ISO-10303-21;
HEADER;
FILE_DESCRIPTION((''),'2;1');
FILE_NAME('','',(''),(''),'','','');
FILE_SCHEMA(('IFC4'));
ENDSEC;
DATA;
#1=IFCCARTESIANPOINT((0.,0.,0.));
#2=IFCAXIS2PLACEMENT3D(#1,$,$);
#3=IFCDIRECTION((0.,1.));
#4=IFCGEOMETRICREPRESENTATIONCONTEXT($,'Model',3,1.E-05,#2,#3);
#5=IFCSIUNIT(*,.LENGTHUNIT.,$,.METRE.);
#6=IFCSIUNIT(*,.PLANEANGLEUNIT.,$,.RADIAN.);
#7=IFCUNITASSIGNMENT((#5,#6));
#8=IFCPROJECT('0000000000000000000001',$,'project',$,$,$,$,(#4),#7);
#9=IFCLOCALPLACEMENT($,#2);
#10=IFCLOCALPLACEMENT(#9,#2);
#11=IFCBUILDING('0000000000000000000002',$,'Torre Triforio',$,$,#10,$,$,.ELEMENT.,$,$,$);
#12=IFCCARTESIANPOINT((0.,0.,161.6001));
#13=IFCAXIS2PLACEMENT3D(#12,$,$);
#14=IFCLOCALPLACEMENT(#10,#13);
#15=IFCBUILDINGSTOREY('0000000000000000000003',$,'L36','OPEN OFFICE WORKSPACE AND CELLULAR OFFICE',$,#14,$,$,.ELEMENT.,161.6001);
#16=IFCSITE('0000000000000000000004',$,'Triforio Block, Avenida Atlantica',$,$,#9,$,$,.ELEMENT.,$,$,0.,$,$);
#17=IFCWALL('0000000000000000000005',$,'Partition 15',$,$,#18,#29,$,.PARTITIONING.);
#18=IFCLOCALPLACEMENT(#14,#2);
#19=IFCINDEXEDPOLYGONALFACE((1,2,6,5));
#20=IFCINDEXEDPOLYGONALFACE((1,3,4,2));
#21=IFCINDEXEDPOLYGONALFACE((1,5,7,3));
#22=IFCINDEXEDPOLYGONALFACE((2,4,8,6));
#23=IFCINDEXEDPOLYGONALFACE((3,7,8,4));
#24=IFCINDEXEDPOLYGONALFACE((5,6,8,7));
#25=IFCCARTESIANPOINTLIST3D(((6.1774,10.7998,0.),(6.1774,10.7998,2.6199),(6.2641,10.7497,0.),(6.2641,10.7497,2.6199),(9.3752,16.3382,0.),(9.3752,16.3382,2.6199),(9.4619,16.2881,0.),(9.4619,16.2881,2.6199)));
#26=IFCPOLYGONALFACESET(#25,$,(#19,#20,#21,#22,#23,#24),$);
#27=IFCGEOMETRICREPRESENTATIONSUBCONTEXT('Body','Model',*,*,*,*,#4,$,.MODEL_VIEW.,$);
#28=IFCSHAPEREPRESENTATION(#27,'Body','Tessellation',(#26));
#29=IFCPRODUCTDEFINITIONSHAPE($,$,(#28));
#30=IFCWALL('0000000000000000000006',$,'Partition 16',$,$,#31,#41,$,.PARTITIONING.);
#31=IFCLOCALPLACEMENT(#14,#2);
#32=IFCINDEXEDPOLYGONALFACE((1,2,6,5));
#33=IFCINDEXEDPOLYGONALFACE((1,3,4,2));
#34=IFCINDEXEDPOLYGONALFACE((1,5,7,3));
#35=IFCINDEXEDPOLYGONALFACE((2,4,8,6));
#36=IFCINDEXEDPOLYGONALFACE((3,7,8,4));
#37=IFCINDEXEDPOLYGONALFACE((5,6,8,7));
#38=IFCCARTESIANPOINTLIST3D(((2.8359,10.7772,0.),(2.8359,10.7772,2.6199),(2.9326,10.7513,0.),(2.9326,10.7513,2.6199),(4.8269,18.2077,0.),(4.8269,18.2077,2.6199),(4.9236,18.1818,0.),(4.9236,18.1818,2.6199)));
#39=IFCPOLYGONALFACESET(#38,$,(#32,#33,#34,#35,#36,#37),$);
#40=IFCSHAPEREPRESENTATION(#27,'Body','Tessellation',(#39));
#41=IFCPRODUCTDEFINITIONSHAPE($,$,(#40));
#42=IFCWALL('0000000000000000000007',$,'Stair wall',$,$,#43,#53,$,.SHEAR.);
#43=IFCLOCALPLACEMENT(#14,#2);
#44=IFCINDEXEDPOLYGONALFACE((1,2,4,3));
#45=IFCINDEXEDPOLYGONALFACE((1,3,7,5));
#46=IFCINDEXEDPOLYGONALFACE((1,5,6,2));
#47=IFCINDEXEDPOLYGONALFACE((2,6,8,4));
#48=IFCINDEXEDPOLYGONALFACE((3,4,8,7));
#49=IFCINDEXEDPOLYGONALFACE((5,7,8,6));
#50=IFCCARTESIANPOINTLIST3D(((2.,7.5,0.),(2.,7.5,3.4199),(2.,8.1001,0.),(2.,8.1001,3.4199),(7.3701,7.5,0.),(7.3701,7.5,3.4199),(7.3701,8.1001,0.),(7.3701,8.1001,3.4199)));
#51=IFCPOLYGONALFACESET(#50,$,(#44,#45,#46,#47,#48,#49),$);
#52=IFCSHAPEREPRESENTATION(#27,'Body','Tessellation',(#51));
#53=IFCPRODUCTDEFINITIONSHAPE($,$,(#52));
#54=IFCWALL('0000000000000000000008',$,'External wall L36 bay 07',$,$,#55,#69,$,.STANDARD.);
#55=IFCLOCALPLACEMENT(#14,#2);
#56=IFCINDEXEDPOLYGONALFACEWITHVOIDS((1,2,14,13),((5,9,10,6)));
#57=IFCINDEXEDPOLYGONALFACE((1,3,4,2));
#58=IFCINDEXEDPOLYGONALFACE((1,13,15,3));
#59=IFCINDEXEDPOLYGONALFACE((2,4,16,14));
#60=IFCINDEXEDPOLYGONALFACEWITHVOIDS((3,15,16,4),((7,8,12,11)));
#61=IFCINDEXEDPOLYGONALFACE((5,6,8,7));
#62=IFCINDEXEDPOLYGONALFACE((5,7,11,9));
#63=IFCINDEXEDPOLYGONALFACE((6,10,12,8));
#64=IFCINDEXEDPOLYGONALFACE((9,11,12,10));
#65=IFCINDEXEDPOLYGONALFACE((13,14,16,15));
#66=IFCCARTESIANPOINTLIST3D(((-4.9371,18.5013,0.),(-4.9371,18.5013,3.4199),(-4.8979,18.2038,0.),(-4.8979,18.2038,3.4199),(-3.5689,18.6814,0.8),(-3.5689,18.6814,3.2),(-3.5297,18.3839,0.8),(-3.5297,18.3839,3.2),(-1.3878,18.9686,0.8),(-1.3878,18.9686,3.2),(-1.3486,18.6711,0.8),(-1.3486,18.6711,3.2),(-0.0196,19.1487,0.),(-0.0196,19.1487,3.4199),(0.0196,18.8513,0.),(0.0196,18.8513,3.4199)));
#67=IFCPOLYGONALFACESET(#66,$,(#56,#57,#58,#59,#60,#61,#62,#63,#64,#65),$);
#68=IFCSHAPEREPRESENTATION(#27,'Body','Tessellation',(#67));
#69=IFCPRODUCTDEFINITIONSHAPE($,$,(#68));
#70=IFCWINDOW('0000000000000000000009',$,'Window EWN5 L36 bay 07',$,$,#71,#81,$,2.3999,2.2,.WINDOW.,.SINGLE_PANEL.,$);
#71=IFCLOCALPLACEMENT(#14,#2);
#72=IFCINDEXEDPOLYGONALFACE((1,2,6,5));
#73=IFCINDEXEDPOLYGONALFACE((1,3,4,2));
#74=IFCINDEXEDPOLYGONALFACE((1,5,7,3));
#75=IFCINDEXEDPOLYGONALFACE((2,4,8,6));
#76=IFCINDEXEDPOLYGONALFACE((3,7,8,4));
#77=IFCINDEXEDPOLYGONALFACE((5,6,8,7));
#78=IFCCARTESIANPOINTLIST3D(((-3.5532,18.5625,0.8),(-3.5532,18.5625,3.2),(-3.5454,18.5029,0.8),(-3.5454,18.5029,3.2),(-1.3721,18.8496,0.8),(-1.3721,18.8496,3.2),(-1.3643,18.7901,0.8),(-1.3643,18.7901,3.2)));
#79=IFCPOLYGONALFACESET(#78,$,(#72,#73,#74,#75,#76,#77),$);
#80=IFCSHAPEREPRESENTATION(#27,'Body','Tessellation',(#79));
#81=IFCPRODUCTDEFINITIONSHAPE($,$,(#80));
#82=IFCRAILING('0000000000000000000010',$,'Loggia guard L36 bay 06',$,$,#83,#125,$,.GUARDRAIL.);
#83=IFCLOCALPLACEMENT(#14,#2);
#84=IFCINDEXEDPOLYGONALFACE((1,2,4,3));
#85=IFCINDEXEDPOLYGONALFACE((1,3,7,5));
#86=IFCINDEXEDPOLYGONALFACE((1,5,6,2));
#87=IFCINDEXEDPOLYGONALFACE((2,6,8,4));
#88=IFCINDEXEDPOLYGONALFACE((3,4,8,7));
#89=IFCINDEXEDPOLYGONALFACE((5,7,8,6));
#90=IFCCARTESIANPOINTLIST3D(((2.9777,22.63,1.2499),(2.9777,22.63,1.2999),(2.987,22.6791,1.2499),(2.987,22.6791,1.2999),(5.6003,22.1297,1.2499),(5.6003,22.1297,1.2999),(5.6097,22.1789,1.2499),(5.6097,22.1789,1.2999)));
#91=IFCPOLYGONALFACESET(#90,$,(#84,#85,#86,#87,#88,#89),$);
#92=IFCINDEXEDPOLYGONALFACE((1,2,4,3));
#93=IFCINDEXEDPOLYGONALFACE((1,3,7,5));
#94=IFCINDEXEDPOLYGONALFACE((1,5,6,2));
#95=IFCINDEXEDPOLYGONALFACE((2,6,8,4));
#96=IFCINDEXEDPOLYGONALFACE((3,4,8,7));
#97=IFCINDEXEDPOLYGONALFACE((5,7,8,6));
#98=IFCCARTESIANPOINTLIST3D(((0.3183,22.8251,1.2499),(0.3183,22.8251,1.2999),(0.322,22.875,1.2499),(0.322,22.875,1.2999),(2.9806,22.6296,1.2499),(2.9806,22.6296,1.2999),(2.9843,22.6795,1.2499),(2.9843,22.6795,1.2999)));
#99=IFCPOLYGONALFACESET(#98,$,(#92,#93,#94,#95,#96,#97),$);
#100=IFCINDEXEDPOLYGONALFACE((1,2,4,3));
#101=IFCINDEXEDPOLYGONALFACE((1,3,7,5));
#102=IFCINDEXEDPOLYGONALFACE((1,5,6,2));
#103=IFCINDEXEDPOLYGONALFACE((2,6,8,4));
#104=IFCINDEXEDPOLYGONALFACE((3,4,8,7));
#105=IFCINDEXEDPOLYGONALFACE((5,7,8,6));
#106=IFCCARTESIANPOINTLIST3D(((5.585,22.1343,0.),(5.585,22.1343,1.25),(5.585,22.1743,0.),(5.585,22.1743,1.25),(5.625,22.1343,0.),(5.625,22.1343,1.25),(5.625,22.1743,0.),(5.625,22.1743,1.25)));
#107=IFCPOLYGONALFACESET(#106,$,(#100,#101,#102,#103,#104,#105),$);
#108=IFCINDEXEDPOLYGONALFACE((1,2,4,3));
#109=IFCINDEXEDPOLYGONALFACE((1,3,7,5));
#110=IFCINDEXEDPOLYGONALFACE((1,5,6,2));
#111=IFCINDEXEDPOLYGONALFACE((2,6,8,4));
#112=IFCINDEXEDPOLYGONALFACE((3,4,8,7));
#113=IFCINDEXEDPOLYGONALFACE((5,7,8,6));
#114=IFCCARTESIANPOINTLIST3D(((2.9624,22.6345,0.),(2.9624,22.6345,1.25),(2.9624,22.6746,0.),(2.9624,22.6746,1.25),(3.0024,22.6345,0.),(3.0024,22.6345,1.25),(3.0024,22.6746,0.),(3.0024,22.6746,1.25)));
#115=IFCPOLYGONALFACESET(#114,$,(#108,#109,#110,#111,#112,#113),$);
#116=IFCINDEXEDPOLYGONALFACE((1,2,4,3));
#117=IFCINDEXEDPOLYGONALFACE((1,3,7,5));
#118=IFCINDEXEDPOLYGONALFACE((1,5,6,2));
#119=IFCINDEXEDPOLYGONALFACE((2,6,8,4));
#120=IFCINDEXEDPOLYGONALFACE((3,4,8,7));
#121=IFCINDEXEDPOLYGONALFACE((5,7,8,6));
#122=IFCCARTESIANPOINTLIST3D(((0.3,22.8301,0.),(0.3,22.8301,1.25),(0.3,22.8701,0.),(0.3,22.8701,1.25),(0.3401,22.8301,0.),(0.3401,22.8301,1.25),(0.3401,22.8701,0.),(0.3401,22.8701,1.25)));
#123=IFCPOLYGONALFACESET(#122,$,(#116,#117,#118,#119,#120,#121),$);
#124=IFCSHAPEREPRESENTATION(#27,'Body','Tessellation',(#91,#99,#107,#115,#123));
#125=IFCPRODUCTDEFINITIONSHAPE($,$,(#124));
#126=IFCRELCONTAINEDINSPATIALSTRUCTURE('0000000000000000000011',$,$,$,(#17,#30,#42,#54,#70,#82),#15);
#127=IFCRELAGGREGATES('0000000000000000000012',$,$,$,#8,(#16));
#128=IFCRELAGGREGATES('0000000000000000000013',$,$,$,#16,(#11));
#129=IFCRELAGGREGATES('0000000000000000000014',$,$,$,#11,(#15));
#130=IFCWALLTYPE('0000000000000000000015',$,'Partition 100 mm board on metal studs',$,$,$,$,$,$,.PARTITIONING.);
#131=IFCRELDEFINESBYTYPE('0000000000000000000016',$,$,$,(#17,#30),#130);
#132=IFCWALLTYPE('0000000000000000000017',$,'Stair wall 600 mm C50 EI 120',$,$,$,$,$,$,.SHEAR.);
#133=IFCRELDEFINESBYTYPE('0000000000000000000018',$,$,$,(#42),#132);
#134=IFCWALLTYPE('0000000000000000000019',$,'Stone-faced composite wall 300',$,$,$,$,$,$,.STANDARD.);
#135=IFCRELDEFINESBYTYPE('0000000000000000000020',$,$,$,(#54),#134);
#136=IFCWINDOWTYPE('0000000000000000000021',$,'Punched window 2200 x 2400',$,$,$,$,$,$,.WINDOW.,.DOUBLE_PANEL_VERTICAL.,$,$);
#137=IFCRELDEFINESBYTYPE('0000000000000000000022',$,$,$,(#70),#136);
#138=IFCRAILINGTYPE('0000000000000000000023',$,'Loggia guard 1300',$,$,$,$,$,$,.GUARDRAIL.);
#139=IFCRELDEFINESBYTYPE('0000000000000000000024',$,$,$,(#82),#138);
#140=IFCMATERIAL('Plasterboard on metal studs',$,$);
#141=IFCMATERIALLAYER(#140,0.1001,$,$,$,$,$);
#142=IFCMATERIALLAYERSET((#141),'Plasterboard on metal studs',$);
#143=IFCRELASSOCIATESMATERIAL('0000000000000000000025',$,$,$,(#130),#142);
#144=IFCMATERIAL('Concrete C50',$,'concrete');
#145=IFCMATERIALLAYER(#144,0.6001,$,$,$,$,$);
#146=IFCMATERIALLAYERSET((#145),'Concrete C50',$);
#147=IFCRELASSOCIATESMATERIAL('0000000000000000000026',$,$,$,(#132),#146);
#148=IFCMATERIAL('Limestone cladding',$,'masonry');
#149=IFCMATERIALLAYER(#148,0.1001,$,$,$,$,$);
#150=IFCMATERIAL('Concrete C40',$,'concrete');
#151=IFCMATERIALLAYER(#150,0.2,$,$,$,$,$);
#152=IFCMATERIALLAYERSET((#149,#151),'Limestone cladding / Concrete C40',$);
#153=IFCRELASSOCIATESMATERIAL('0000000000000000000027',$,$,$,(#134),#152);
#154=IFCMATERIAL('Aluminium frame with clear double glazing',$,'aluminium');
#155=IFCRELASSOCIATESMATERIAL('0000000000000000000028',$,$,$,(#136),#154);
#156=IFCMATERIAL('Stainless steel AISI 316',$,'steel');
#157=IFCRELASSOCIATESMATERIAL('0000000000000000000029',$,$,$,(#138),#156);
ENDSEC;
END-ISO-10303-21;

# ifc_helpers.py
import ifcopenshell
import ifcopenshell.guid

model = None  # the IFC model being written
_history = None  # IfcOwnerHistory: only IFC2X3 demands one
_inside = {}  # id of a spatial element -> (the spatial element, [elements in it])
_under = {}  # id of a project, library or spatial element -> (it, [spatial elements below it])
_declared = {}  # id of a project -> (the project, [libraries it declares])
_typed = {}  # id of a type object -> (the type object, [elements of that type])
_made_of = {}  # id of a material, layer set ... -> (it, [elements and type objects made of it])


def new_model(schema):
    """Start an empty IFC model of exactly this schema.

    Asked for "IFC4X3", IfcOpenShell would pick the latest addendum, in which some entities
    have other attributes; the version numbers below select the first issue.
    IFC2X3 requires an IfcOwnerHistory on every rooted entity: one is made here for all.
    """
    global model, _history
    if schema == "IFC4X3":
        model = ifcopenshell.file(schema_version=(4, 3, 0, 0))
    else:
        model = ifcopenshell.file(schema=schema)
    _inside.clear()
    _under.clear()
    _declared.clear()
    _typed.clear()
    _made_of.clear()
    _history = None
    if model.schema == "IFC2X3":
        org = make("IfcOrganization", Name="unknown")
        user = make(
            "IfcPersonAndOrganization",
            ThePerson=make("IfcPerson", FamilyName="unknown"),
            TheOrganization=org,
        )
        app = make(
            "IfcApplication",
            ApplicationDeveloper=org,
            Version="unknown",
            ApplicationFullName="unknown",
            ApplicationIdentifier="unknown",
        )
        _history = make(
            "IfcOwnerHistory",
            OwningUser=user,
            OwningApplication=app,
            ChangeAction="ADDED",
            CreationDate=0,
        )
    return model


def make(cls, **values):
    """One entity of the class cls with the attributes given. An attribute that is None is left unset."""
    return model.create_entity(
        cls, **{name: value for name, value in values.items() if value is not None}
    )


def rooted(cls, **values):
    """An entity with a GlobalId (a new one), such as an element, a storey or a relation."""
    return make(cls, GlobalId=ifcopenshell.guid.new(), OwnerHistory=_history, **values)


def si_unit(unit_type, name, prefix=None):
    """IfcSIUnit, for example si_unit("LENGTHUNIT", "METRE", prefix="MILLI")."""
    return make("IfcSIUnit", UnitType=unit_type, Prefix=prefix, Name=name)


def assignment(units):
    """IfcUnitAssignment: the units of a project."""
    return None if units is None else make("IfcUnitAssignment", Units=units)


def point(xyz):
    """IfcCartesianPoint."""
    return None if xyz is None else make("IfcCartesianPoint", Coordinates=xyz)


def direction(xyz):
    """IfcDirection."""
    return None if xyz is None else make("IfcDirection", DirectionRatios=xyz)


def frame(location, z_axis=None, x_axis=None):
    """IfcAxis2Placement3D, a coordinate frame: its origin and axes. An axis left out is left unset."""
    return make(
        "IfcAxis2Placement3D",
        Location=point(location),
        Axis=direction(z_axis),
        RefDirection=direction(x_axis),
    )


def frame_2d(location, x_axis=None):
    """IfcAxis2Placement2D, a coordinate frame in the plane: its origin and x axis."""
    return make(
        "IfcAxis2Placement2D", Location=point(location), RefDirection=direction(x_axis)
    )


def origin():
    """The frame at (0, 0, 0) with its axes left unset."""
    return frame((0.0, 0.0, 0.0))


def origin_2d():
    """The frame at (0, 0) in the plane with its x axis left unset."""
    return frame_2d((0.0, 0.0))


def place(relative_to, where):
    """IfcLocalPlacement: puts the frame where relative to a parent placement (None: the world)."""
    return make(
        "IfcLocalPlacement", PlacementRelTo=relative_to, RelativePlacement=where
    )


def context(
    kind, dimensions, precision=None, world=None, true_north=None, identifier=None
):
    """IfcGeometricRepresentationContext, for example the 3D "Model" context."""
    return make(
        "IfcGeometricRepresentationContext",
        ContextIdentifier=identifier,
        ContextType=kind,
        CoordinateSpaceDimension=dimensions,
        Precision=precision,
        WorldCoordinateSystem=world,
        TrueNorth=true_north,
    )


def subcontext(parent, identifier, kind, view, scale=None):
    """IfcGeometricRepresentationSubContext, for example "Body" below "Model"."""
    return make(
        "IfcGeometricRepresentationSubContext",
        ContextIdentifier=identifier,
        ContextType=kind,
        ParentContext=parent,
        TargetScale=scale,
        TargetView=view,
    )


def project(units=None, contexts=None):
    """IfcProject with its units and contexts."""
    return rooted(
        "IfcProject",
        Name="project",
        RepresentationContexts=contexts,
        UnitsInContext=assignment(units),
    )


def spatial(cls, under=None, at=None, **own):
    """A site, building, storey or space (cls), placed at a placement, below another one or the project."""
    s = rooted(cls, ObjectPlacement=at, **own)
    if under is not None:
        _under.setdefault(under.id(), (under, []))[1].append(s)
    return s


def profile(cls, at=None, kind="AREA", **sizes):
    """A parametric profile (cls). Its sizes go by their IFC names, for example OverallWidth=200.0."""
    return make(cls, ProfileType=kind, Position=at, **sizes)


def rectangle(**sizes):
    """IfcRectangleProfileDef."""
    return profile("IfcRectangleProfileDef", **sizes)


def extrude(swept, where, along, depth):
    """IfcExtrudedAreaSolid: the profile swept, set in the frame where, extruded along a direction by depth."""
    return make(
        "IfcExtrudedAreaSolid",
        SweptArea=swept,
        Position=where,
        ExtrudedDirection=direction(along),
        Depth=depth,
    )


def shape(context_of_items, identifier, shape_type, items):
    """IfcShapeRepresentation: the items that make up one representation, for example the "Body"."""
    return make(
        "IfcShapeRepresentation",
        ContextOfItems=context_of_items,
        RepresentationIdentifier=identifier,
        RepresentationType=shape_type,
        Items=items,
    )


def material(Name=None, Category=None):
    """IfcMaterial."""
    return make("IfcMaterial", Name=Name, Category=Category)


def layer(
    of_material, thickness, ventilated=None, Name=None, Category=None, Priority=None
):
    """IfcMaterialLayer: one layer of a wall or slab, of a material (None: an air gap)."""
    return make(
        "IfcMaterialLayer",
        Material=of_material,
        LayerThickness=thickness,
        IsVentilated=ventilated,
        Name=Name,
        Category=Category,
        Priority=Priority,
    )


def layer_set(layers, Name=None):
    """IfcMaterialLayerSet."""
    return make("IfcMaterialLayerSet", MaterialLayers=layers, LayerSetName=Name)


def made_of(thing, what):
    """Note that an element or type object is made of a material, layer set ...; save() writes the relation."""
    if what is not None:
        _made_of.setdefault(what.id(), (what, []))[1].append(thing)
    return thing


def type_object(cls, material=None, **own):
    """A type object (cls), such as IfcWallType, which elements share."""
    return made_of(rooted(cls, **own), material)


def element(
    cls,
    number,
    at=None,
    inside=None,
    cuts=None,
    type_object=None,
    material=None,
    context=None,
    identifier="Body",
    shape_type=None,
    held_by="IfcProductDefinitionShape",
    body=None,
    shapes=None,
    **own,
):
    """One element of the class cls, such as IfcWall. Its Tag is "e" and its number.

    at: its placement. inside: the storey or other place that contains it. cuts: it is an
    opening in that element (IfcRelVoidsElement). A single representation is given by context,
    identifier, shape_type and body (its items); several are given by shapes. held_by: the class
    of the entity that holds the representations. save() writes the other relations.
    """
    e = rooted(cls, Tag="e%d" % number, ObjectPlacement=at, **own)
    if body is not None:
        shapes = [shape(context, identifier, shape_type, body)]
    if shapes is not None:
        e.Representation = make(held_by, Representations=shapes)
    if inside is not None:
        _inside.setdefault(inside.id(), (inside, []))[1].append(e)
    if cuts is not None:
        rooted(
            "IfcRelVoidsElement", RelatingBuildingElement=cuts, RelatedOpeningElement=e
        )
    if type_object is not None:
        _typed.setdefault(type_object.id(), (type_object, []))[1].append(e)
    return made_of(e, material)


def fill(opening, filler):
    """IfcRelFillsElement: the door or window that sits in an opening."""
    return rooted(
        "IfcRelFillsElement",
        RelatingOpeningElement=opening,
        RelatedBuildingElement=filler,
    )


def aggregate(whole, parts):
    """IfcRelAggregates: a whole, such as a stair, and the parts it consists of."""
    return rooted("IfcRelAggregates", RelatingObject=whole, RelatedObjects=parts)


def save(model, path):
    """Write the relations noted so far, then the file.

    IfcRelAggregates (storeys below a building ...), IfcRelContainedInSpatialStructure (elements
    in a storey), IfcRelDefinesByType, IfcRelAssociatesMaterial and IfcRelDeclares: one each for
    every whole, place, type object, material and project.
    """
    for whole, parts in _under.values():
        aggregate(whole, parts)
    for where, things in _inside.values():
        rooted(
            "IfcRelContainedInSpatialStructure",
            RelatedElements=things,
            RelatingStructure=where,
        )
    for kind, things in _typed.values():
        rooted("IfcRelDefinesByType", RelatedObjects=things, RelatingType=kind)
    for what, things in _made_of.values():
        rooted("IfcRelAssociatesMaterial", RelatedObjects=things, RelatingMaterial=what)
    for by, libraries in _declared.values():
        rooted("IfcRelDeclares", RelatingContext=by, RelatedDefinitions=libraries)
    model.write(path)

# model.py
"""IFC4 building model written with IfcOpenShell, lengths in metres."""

from ifc_helpers import new_model, si_unit, direction, frame, frame_2d, origin, origin_2d, place, context, subcontext, project, spatial, rectangle, extrude, material, layer, layer_set, type_object, element, fill, save


model = new_model("IFC4")

# Units and contexts
model_context = context("Model", 3, precision=1e-05, world=origin(), true_north=direction((0.0, 1.0)))
body_context = subcontext(model_context, "Body", "Model", "MODEL_VIEW")
ifc_project = project(units=[si_unit("LENGTHUNIT", "METRE"), si_unit("PLANEANGLEUNIT", "RADIAN")], contexts=[model_context])

# Site, building, storey
site_placement = place(None, origin())
site = spatial("IfcSite", under=ifc_project, at=site_placement, Name="Triforio Block, Avenida Atlantica", CompositionType="ELEMENT", RefElevation=0.0)
building_placement = place(site_placement, origin())
building = spatial("IfcBuilding", under=site, at=building_placement, Name="Torre Triforio", CompositionType="ELEMENT")
storey_placement = place(building_placement, frame((0.0, 0.0, 161.6001)))
storey = spatial("IfcBuildingStorey", under=building, at=storey_placement, Name="L36", Description="OPEN OFFICE WORKSPACE AND CELLULAR OFFICE", CompositionType="ELEMENT", Elevation=161.6001)

# Shared definitions
ifc_material_1 = material(Name="Concrete C50", Category="concrete")

# Shared definitions
ifc_material_2 = material(Name="Concrete C40", Category="concrete")

# Shared definitions
ifc_material_3 = material(Name="Plasterboard on metal studs")

# Walls
ifc_layer_1 = layer(ifc_material_3, 0.1001)
ifc_layer_set_1 = layer_set([ifc_layer_1], Name="Plasterboard on metal studs")
wall_type_1 = type_object("IfcWallType", Name="Partition 100 mm board on metal studs", PredefinedType="PARTITIONING", material=ifc_layer_set_1)
wall_1_placement = place(storey_placement, frame((6.2207, 10.7747, 0.0), z_axis=(0.0, 0.0, 1.0), x_axis=(0.500023, 0.866012, 0.0)))
element("IfcWall", 1, at=wall_1_placement, inside=storey, type_object=wall_type_1, Name="Partition 15", PredefinedType="PARTITIONING", context=body_context, shape_type="SweptSolid", body=[
    extrude(rectangle(XDim=6.3953, YDim=0.1001, at=frame_2d((3.1978, 0.0))), origin(), (0.0, 0.0, 1.0), 2.6199),
])
wall_2_placement = place(storey_placement, frame((2.8843, 10.7644, 0.0), z_axis=(0.0, 0.0, 1.0), x_axis=(0.258818, 0.965926, 0.0)))
element("IfcWall", 2, at=wall_2_placement, inside=storey, type_object=wall_type_1, Name="Partition 16", PredefinedType="PARTITIONING", context=body_context, shape_type="SweptSolid", body=[
    extrude(rectangle(XDim=7.6926, YDim=0.1001, at=frame_2d((3.8462, 0.0))), origin(), (0.0, 0.0, 1.0), 2.6199),
])
ifc_layer_2 = layer(ifc_material_1, 0.6001)
ifc_layer_set_2 = layer_set([ifc_layer_2], Name="Concrete C50")
wall_type_2 = type_object("IfcWallType", Name="Stair wall 600 mm C50 EI 120", PredefinedType="SHEAR", material=ifc_layer_set_2)
wall_3_placement = place(storey_placement, frame((2.0, 7.8, 0.0), z_axis=(0.0, 0.0, 1.0), x_axis=(1.0, 0.0, 0.0)))
element("IfcWall", 3, at=wall_3_placement, inside=storey, type_object=wall_type_2, Name="Stair wall", PredefinedType="SHEAR", context=body_context, shape_type="SweptSolid", body=[
    extrude(rectangle(XDim=5.3701, YDim=0.6001, at=frame_2d((2.6851, 0.0))), origin(), (0.0, 0.0, 1.0), 3.4199),
])

# Shared definitions
ifc_material_4 = material(Name="Limestone cladding", Category="masonry")
ifc_layer_3 = layer(ifc_material_4, 0.1001)
ifc_layer_4 = layer(ifc_material_2, 0.2)
ifc_layer_set_3 = layer_set([ifc_layer_3, ifc_layer_4], Name="Limestone cladding / Concrete C40")
wall_type_3 = type_object("IfcWallType", Name="Stone-faced composite wall 300", PredefinedType="STANDARD", material=ifc_layer_set_3)
ifc_material_5 = material(Name="Aluminium frame with clear double glazing", Category="aluminium")

# Wall, opening, window
wall_4_placement = place(storey_placement, frame((0.0, 19.0, 0.0), z_axis=(0.0, 0.0, 1.0), x_axis=(-0.991443, -0.130539, 0.0)))
wall_4 = element("IfcWall", 4, at=wall_4_placement, inside=storey, type_object=wall_type_3, Name="External wall L36 bay 07", PredefinedType="STANDARD", context=body_context, shape_type="SweptSolid", body=[
    extrude(rectangle(XDim=4.96, YDim=0.3, at=frame_2d((2.48, 0.0))), origin(), (0.0, 0.0, 1.0), 3.4199),
])
opening_1_placement = place(wall_4_placement, frame((1.3799, 0.0, 0.8)))
opening_1 = element("IfcOpeningElement", 5, at=opening_1_placement, cuts=wall_4, PredefinedType="OPENING", context=body_context, shape_type="SweptSolid", body=[
    extrude(rectangle(XDim=2.2, YDim=2.3999, at=frame_2d((1.1001, 1.2))), frame((0.0, 0.1599, 0.0), z_axis=(0.0, -1.0, 0.0), x_axis=(1.0, 0.0, 0.0)), (0.0, 0.0, 1.0), 0.3201),
])
window_type_1 = type_object("IfcWindowType", Name="Punched window 2200 x 2400", PartitioningType="DOUBLE_PANEL_VERTICAL", PredefinedType="WINDOW", material=ifc_material_5)
window_1_placement = place(opening_1_placement, origin())
window_1 = element("IfcWindow", 6, at=window_1_placement, inside=storey, type_object=window_type_1, Name="Window EWN5 L36 bay 07", OverallHeight=2.3999, OverallWidth=2.2, PartitioningType="SINGLE_PANEL", PredefinedType="WINDOW", context=body_context, shape_type="SweptSolid", body=[
    extrude(rectangle(XDim=2.2, YDim=2.3999, at=frame_2d((1.1001, 1.2))), frame((0.0, 0.03, 0.0), z_axis=(0.0, -1.0, 0.0), x_axis=(1.0, 0.0, 0.0)), (0.0, 0.0, 1.0), 0.0601),
])
fill(opening_1, window_1)

# Railing
ifc_material_6 = material(Name="Stainless steel AISI 316", Category="steel")
railing_type = type_object("IfcRailingType", Name="Loggia guard 1300", PredefinedType="GUARDRAIL", material=ifc_material_6)
railing_placement = place(storey_placement, frame((5.605, 22.1543, 0.0)))
element("IfcRailing", 7, at=railing_placement, inside=storey, type_object=railing_type, Name="Loggia guard L36 bay 06", PredefinedType="GUARDRAIL", context=body_context, shape_type="SweptSolid", body=[
    extrude(rectangle(XDim=0.05, YDim=0.05, at=origin_2d()), frame((0.0, 0.0, 1.2749), z_axis=(-0.98229, 0.187368, 0.0), x_axis=(-0.187368, -0.98229, 0.0)), (0.0, 0.0, 1.0), 2.6699),
    extrude(rectangle(XDim=0.05, YDim=0.05, at=origin_2d()), frame((-2.6226, 0.5002, 1.2749), z_axis=(-0.997313, 0.073255, 0.0), x_axis=(-0.073255, -0.997313, 0.0)), (0.0, 0.0, 1.0), 2.6694),
    extrude(rectangle(XDim=0.04, YDim=0.04, at=origin_2d()), origin(), (0.0, 0.0, 1.0), 1.25),
    extrude(rectangle(XDim=0.04, YDim=0.04, at=origin_2d()), frame((-2.6226, 0.5002, 0.0)), (0.0, 0.0, 1.0), 1.25),
    extrude(rectangle(XDim=0.04, YDim=0.04, at=origin_2d()), frame((-5.2849, 0.6958, 0.0)), (0.0, 0.0, 1.0), 1.25),
])

save(model, "model.ifc")
